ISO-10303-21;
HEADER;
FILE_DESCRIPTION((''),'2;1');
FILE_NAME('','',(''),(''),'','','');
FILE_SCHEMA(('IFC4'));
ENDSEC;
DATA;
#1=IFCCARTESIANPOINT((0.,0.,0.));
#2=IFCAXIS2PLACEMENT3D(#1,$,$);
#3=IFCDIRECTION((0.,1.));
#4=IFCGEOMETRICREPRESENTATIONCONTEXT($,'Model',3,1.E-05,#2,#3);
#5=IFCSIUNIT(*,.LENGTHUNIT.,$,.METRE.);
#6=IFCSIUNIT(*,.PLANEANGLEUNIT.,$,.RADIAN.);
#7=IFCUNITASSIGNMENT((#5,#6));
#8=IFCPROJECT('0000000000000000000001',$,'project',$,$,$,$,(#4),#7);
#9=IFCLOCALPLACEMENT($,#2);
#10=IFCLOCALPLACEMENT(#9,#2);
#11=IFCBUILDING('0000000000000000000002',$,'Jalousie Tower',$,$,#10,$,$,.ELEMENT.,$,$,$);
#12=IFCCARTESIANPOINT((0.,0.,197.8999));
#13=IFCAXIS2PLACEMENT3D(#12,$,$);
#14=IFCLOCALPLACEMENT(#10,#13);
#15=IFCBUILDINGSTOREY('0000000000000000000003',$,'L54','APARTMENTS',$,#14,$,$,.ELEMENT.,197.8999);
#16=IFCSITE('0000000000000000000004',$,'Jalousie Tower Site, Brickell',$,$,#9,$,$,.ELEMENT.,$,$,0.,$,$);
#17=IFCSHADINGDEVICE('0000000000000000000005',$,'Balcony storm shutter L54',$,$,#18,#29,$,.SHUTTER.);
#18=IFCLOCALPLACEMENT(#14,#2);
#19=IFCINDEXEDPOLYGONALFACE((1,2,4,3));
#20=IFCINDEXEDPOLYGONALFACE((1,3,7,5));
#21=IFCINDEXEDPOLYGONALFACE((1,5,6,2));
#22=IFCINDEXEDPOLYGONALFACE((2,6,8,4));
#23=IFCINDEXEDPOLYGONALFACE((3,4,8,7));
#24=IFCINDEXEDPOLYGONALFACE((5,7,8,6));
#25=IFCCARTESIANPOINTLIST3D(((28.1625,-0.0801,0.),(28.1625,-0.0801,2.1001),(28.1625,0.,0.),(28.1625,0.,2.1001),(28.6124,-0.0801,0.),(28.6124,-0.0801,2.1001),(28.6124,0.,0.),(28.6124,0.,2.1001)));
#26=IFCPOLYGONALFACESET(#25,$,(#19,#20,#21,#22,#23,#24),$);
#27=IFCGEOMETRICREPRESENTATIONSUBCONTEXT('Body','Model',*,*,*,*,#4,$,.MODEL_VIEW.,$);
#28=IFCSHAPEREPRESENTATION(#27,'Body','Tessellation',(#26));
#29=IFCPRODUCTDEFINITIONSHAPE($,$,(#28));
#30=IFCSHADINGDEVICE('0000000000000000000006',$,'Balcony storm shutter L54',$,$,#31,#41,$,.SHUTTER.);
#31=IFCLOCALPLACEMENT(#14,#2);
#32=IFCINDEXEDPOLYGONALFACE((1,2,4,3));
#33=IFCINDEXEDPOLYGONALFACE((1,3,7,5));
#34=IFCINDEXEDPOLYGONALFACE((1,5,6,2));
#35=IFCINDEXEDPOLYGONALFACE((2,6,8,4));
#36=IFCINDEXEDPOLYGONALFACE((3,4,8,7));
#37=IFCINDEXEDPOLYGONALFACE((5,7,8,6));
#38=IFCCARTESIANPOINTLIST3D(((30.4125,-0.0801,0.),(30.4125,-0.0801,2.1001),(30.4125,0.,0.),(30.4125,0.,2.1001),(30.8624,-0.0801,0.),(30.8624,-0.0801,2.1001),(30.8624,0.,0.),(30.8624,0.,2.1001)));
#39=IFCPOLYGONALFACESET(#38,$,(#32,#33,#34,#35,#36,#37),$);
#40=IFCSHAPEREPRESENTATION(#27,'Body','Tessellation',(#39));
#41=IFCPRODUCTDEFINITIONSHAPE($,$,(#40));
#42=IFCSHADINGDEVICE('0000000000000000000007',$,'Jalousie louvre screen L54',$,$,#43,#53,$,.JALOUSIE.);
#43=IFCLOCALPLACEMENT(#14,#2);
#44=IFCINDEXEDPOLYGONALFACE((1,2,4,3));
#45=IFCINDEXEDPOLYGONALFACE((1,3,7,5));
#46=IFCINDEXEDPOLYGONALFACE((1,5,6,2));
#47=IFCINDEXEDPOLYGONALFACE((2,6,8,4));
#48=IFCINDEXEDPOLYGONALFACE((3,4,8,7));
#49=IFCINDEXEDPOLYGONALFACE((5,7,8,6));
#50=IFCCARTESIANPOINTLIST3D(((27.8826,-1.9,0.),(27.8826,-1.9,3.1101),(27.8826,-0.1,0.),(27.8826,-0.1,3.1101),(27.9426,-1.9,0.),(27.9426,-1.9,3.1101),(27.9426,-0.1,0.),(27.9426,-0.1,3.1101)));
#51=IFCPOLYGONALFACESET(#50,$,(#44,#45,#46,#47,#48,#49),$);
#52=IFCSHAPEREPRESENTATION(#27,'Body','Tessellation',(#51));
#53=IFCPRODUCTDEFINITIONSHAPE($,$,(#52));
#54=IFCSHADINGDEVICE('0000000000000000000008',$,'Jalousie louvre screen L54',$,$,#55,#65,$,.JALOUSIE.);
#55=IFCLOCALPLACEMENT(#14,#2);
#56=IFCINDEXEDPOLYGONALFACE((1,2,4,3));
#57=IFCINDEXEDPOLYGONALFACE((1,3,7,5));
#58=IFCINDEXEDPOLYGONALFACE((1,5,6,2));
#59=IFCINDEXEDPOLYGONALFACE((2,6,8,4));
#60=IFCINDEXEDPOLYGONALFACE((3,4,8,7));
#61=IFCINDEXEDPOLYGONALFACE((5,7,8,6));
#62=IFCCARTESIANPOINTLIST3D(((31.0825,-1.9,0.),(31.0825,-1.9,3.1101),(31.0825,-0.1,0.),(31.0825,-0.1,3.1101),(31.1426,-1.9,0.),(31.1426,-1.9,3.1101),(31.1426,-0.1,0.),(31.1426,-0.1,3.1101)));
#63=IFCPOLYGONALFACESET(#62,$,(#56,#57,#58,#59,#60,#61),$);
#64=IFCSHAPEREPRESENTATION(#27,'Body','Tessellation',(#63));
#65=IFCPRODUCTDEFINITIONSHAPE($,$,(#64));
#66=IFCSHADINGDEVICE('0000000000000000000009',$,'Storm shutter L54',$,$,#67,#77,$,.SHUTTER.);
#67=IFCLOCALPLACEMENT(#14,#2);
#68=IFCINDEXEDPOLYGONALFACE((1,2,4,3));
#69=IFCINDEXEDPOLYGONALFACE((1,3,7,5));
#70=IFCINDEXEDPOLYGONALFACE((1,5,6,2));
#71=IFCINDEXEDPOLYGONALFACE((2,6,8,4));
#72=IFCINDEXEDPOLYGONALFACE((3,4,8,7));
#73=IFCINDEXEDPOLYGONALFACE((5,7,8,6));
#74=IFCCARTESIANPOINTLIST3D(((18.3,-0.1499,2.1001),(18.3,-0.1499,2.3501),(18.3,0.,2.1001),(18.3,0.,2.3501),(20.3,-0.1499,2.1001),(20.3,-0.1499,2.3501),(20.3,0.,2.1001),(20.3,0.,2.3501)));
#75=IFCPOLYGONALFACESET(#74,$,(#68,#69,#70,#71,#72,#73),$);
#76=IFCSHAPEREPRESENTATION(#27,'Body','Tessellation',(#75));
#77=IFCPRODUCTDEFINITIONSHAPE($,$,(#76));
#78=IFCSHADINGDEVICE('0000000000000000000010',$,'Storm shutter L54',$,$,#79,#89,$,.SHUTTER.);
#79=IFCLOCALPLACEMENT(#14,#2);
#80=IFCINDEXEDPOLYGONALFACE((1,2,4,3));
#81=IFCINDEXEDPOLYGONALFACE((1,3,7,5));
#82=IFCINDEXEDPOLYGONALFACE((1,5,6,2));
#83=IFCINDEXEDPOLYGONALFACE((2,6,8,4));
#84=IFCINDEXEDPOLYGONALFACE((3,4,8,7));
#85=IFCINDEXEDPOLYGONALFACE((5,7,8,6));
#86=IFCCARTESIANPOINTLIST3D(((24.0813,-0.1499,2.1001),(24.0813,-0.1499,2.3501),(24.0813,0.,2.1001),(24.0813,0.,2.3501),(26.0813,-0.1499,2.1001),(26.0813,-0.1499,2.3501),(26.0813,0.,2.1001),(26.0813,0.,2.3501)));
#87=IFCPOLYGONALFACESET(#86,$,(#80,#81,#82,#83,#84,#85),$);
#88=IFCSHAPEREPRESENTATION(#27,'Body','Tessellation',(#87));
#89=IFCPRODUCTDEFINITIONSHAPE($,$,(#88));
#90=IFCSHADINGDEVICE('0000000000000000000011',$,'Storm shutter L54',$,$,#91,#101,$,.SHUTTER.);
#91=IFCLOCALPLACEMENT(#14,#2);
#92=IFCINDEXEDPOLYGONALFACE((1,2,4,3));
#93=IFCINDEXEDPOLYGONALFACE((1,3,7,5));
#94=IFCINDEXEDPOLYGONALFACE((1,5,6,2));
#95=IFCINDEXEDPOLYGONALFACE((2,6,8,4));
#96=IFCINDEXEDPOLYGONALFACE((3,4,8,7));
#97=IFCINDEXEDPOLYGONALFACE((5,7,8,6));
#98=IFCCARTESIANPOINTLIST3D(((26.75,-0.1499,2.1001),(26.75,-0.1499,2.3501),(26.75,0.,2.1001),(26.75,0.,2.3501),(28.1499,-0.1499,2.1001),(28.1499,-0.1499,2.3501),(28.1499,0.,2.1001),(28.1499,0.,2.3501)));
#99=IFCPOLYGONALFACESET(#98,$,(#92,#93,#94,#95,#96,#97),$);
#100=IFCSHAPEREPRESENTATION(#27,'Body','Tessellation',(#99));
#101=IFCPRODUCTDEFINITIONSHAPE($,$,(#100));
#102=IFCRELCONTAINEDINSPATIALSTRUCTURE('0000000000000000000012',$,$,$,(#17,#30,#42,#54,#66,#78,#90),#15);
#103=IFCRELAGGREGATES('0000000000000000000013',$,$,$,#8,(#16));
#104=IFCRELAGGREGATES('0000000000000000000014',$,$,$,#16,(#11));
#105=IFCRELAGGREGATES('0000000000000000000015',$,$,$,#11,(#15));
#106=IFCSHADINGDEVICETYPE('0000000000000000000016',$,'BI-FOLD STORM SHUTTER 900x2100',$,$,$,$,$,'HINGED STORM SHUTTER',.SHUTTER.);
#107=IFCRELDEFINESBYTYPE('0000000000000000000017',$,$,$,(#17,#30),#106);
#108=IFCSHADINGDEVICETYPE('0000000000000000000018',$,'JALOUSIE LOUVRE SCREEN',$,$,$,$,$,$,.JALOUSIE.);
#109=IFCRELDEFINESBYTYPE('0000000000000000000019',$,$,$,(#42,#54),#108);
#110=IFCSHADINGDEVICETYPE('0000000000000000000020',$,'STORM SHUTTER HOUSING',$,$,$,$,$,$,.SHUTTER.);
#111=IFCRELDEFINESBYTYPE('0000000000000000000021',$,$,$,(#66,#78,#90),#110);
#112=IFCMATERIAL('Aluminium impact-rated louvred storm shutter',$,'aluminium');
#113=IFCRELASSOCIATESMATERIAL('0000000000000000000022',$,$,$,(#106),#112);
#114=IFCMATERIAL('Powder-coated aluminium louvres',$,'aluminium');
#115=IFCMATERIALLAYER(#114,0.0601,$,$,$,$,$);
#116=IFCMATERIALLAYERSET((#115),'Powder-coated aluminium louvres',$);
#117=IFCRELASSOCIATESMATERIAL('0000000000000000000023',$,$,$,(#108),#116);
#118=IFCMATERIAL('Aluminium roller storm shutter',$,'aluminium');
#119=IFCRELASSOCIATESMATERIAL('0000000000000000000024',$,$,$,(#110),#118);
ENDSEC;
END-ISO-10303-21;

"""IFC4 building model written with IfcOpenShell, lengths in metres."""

from ifc_helpers import new_model, si_unit, direction, frame, origin, origin_2d, place, context, subcontext, project, spatial, rectangle, extrude, material, layer, layer_set, type_object, element, save


model = new_model("IFC4")

# Units and contexts
model_context = context("Model", 3, precision=1e-05, world=origin(), true_north=direction((0.0, 1.0)))
body_context = subcontext(model_context, "Body", "Model", "MODEL_VIEW")
ifc_project = project(units=[si_unit("LENGTHUNIT", "METRE"), si_unit("PLANEANGLEUNIT", "RADIAN")], contexts=[model_context])

# Site, building, storey
site_placement = place(None, origin())
site = spatial("IfcSite", under=ifc_project, at=site_placement, Name="Jalousie Tower Site, Brickell", CompositionType="ELEMENT", RefElevation=0.0)
building_placement = place(site_placement, origin())
building = spatial("IfcBuilding", under=site, at=building_placement, Name="Jalousie Tower", CompositionType="ELEMENT")
storey_placement = place(building_placement, frame((0.0, 0.0, 197.8999)))
storey = spatial("IfcBuildingStorey", under=building, at=storey_placement, Name="L54", Description="APARTMENTS", CompositionType="ELEMENT", Elevation=197.8999)

# Shading devices
ifc_material_1 = material(Name="Aluminium impact-rated louvred storm shutter", Category="aluminium")
shading_device_type_1 = type_object("IfcShadingDeviceType", Name="BI-FOLD STORM SHUTTER 900x2100", ElementType="HINGED STORM SHUTTER", PredefinedType="SHUTTER", material=ifc_material_1)
for number, where, z_axis, x_axis, name in (
    (1, (28.3875, -0.04, 0.0), (0.0, 0.0, 1.0), (1.0, 0.0, 0.0), "Balcony storm shutter L54"),
    (2, (30.6375, -0.04, 0.0), (0.0, 0.0, 1.0), (1.0, 0.0, 0.0), "Balcony storm shutter L54"),
):
    element("IfcShadingDevice", number, at=place(storey_placement, frame(where, z_axis=z_axis, x_axis=x_axis)), inside=storey, type_object=shading_device_type_1, Name=name, PredefinedType="SHUTTER", context=body_context, shape_type="SweptSolid", body=[
        extrude(rectangle(XDim=0.45, YDim=0.0801, at=origin_2d()), origin(), (0.0, 0.0, 1.0), 2.1001),
    ])

# Shading devices
ifc_material_2 = material(Name="Powder-coated aluminium louvres", Category="aluminium")
ifc_layer_1 = layer(ifc_material_2, 0.0601)
ifc_layer_set_1 = layer_set([ifc_layer_1], Name="Powder-coated aluminium louvres")
shading_device_type_2 = type_object("IfcShadingDeviceType", Name="JALOUSIE LOUVRE SCREEN", PredefinedType="JALOUSIE", material=ifc_layer_set_1)
for number, where, z_axis, x_axis, name in (
    (3, (27.9126, -1.0, 0.0), (0.0, 0.0, 1.0), (1.0, 0.0, 0.0), "Jalousie louvre screen L54"),
    (4, (31.1125, -1.0, 0.0), (0.0, 0.0, 1.0), (1.0, 0.0, 0.0), "Jalousie louvre screen L54"),
):
    element("IfcShadingDevice", number, at=place(storey_placement, frame(where, z_axis=z_axis, x_axis=x_axis)), inside=storey, type_object=shading_device_type_2, Name=name, PredefinedType="JALOUSIE", context=body_context, shape_type="SweptSolid", body=[
        extrude(rectangle(XDim=0.0601, YDim=1.8, at=origin_2d()), origin(), (0.0, 0.0, 1.0), 3.1101),
    ])
ifc_material_3 = material(Name="Aluminium roller storm shutter", Category="aluminium")
shading_device_type_3 = type_object("IfcShadingDeviceType", Name="STORM SHUTTER HOUSING", PredefinedType="SHUTTER", material=ifc_material_3)
for number, where, z_axis, x_axis, name in (
    (5, (19.3, -0.075, 2.1001), (0.0, 0.0, 1.0), (1.0, 0.0, 0.0), "Storm shutter L54"),
    (6, (25.0813, -0.075, 2.1001), (0.0, 0.0, 1.0), (1.0, 0.0, 0.0), "Storm shutter L54"),
):
    element("IfcShadingDevice", number, at=place(storey_placement, frame(where, z_axis=z_axis, x_axis=x_axis)), inside=storey, type_object=shading_device_type_3, Name=name, PredefinedType="SHUTTER", context=body_context, shape_type="SweptSolid", body=[
        extrude(rectangle(XDim=2.0, YDim=0.1499, at=origin_2d()), origin(), (0.0, 0.0, 1.0), 0.25),
    ])
shading_device_placement = place(storey_placement, frame((27.45, -0.075, 2.1001), z_axis=(0.0, 0.0, 1.0), x_axis=(1.0, 0.0, 0.0)))
element("IfcShadingDevice", 7, at=shading_device_placement, inside=storey, type_object=shading_device_type_3, Name="Storm shutter L54", PredefinedType="SHUTTER", context=body_context, shape_type="SweptSolid", body=[
    extrude(rectangle(XDim=1.3999, YDim=0.1499, at=origin_2d()), origin(), (0.0, 0.0, 1.0), 0.25),
])

save(model, "model.ifc")
